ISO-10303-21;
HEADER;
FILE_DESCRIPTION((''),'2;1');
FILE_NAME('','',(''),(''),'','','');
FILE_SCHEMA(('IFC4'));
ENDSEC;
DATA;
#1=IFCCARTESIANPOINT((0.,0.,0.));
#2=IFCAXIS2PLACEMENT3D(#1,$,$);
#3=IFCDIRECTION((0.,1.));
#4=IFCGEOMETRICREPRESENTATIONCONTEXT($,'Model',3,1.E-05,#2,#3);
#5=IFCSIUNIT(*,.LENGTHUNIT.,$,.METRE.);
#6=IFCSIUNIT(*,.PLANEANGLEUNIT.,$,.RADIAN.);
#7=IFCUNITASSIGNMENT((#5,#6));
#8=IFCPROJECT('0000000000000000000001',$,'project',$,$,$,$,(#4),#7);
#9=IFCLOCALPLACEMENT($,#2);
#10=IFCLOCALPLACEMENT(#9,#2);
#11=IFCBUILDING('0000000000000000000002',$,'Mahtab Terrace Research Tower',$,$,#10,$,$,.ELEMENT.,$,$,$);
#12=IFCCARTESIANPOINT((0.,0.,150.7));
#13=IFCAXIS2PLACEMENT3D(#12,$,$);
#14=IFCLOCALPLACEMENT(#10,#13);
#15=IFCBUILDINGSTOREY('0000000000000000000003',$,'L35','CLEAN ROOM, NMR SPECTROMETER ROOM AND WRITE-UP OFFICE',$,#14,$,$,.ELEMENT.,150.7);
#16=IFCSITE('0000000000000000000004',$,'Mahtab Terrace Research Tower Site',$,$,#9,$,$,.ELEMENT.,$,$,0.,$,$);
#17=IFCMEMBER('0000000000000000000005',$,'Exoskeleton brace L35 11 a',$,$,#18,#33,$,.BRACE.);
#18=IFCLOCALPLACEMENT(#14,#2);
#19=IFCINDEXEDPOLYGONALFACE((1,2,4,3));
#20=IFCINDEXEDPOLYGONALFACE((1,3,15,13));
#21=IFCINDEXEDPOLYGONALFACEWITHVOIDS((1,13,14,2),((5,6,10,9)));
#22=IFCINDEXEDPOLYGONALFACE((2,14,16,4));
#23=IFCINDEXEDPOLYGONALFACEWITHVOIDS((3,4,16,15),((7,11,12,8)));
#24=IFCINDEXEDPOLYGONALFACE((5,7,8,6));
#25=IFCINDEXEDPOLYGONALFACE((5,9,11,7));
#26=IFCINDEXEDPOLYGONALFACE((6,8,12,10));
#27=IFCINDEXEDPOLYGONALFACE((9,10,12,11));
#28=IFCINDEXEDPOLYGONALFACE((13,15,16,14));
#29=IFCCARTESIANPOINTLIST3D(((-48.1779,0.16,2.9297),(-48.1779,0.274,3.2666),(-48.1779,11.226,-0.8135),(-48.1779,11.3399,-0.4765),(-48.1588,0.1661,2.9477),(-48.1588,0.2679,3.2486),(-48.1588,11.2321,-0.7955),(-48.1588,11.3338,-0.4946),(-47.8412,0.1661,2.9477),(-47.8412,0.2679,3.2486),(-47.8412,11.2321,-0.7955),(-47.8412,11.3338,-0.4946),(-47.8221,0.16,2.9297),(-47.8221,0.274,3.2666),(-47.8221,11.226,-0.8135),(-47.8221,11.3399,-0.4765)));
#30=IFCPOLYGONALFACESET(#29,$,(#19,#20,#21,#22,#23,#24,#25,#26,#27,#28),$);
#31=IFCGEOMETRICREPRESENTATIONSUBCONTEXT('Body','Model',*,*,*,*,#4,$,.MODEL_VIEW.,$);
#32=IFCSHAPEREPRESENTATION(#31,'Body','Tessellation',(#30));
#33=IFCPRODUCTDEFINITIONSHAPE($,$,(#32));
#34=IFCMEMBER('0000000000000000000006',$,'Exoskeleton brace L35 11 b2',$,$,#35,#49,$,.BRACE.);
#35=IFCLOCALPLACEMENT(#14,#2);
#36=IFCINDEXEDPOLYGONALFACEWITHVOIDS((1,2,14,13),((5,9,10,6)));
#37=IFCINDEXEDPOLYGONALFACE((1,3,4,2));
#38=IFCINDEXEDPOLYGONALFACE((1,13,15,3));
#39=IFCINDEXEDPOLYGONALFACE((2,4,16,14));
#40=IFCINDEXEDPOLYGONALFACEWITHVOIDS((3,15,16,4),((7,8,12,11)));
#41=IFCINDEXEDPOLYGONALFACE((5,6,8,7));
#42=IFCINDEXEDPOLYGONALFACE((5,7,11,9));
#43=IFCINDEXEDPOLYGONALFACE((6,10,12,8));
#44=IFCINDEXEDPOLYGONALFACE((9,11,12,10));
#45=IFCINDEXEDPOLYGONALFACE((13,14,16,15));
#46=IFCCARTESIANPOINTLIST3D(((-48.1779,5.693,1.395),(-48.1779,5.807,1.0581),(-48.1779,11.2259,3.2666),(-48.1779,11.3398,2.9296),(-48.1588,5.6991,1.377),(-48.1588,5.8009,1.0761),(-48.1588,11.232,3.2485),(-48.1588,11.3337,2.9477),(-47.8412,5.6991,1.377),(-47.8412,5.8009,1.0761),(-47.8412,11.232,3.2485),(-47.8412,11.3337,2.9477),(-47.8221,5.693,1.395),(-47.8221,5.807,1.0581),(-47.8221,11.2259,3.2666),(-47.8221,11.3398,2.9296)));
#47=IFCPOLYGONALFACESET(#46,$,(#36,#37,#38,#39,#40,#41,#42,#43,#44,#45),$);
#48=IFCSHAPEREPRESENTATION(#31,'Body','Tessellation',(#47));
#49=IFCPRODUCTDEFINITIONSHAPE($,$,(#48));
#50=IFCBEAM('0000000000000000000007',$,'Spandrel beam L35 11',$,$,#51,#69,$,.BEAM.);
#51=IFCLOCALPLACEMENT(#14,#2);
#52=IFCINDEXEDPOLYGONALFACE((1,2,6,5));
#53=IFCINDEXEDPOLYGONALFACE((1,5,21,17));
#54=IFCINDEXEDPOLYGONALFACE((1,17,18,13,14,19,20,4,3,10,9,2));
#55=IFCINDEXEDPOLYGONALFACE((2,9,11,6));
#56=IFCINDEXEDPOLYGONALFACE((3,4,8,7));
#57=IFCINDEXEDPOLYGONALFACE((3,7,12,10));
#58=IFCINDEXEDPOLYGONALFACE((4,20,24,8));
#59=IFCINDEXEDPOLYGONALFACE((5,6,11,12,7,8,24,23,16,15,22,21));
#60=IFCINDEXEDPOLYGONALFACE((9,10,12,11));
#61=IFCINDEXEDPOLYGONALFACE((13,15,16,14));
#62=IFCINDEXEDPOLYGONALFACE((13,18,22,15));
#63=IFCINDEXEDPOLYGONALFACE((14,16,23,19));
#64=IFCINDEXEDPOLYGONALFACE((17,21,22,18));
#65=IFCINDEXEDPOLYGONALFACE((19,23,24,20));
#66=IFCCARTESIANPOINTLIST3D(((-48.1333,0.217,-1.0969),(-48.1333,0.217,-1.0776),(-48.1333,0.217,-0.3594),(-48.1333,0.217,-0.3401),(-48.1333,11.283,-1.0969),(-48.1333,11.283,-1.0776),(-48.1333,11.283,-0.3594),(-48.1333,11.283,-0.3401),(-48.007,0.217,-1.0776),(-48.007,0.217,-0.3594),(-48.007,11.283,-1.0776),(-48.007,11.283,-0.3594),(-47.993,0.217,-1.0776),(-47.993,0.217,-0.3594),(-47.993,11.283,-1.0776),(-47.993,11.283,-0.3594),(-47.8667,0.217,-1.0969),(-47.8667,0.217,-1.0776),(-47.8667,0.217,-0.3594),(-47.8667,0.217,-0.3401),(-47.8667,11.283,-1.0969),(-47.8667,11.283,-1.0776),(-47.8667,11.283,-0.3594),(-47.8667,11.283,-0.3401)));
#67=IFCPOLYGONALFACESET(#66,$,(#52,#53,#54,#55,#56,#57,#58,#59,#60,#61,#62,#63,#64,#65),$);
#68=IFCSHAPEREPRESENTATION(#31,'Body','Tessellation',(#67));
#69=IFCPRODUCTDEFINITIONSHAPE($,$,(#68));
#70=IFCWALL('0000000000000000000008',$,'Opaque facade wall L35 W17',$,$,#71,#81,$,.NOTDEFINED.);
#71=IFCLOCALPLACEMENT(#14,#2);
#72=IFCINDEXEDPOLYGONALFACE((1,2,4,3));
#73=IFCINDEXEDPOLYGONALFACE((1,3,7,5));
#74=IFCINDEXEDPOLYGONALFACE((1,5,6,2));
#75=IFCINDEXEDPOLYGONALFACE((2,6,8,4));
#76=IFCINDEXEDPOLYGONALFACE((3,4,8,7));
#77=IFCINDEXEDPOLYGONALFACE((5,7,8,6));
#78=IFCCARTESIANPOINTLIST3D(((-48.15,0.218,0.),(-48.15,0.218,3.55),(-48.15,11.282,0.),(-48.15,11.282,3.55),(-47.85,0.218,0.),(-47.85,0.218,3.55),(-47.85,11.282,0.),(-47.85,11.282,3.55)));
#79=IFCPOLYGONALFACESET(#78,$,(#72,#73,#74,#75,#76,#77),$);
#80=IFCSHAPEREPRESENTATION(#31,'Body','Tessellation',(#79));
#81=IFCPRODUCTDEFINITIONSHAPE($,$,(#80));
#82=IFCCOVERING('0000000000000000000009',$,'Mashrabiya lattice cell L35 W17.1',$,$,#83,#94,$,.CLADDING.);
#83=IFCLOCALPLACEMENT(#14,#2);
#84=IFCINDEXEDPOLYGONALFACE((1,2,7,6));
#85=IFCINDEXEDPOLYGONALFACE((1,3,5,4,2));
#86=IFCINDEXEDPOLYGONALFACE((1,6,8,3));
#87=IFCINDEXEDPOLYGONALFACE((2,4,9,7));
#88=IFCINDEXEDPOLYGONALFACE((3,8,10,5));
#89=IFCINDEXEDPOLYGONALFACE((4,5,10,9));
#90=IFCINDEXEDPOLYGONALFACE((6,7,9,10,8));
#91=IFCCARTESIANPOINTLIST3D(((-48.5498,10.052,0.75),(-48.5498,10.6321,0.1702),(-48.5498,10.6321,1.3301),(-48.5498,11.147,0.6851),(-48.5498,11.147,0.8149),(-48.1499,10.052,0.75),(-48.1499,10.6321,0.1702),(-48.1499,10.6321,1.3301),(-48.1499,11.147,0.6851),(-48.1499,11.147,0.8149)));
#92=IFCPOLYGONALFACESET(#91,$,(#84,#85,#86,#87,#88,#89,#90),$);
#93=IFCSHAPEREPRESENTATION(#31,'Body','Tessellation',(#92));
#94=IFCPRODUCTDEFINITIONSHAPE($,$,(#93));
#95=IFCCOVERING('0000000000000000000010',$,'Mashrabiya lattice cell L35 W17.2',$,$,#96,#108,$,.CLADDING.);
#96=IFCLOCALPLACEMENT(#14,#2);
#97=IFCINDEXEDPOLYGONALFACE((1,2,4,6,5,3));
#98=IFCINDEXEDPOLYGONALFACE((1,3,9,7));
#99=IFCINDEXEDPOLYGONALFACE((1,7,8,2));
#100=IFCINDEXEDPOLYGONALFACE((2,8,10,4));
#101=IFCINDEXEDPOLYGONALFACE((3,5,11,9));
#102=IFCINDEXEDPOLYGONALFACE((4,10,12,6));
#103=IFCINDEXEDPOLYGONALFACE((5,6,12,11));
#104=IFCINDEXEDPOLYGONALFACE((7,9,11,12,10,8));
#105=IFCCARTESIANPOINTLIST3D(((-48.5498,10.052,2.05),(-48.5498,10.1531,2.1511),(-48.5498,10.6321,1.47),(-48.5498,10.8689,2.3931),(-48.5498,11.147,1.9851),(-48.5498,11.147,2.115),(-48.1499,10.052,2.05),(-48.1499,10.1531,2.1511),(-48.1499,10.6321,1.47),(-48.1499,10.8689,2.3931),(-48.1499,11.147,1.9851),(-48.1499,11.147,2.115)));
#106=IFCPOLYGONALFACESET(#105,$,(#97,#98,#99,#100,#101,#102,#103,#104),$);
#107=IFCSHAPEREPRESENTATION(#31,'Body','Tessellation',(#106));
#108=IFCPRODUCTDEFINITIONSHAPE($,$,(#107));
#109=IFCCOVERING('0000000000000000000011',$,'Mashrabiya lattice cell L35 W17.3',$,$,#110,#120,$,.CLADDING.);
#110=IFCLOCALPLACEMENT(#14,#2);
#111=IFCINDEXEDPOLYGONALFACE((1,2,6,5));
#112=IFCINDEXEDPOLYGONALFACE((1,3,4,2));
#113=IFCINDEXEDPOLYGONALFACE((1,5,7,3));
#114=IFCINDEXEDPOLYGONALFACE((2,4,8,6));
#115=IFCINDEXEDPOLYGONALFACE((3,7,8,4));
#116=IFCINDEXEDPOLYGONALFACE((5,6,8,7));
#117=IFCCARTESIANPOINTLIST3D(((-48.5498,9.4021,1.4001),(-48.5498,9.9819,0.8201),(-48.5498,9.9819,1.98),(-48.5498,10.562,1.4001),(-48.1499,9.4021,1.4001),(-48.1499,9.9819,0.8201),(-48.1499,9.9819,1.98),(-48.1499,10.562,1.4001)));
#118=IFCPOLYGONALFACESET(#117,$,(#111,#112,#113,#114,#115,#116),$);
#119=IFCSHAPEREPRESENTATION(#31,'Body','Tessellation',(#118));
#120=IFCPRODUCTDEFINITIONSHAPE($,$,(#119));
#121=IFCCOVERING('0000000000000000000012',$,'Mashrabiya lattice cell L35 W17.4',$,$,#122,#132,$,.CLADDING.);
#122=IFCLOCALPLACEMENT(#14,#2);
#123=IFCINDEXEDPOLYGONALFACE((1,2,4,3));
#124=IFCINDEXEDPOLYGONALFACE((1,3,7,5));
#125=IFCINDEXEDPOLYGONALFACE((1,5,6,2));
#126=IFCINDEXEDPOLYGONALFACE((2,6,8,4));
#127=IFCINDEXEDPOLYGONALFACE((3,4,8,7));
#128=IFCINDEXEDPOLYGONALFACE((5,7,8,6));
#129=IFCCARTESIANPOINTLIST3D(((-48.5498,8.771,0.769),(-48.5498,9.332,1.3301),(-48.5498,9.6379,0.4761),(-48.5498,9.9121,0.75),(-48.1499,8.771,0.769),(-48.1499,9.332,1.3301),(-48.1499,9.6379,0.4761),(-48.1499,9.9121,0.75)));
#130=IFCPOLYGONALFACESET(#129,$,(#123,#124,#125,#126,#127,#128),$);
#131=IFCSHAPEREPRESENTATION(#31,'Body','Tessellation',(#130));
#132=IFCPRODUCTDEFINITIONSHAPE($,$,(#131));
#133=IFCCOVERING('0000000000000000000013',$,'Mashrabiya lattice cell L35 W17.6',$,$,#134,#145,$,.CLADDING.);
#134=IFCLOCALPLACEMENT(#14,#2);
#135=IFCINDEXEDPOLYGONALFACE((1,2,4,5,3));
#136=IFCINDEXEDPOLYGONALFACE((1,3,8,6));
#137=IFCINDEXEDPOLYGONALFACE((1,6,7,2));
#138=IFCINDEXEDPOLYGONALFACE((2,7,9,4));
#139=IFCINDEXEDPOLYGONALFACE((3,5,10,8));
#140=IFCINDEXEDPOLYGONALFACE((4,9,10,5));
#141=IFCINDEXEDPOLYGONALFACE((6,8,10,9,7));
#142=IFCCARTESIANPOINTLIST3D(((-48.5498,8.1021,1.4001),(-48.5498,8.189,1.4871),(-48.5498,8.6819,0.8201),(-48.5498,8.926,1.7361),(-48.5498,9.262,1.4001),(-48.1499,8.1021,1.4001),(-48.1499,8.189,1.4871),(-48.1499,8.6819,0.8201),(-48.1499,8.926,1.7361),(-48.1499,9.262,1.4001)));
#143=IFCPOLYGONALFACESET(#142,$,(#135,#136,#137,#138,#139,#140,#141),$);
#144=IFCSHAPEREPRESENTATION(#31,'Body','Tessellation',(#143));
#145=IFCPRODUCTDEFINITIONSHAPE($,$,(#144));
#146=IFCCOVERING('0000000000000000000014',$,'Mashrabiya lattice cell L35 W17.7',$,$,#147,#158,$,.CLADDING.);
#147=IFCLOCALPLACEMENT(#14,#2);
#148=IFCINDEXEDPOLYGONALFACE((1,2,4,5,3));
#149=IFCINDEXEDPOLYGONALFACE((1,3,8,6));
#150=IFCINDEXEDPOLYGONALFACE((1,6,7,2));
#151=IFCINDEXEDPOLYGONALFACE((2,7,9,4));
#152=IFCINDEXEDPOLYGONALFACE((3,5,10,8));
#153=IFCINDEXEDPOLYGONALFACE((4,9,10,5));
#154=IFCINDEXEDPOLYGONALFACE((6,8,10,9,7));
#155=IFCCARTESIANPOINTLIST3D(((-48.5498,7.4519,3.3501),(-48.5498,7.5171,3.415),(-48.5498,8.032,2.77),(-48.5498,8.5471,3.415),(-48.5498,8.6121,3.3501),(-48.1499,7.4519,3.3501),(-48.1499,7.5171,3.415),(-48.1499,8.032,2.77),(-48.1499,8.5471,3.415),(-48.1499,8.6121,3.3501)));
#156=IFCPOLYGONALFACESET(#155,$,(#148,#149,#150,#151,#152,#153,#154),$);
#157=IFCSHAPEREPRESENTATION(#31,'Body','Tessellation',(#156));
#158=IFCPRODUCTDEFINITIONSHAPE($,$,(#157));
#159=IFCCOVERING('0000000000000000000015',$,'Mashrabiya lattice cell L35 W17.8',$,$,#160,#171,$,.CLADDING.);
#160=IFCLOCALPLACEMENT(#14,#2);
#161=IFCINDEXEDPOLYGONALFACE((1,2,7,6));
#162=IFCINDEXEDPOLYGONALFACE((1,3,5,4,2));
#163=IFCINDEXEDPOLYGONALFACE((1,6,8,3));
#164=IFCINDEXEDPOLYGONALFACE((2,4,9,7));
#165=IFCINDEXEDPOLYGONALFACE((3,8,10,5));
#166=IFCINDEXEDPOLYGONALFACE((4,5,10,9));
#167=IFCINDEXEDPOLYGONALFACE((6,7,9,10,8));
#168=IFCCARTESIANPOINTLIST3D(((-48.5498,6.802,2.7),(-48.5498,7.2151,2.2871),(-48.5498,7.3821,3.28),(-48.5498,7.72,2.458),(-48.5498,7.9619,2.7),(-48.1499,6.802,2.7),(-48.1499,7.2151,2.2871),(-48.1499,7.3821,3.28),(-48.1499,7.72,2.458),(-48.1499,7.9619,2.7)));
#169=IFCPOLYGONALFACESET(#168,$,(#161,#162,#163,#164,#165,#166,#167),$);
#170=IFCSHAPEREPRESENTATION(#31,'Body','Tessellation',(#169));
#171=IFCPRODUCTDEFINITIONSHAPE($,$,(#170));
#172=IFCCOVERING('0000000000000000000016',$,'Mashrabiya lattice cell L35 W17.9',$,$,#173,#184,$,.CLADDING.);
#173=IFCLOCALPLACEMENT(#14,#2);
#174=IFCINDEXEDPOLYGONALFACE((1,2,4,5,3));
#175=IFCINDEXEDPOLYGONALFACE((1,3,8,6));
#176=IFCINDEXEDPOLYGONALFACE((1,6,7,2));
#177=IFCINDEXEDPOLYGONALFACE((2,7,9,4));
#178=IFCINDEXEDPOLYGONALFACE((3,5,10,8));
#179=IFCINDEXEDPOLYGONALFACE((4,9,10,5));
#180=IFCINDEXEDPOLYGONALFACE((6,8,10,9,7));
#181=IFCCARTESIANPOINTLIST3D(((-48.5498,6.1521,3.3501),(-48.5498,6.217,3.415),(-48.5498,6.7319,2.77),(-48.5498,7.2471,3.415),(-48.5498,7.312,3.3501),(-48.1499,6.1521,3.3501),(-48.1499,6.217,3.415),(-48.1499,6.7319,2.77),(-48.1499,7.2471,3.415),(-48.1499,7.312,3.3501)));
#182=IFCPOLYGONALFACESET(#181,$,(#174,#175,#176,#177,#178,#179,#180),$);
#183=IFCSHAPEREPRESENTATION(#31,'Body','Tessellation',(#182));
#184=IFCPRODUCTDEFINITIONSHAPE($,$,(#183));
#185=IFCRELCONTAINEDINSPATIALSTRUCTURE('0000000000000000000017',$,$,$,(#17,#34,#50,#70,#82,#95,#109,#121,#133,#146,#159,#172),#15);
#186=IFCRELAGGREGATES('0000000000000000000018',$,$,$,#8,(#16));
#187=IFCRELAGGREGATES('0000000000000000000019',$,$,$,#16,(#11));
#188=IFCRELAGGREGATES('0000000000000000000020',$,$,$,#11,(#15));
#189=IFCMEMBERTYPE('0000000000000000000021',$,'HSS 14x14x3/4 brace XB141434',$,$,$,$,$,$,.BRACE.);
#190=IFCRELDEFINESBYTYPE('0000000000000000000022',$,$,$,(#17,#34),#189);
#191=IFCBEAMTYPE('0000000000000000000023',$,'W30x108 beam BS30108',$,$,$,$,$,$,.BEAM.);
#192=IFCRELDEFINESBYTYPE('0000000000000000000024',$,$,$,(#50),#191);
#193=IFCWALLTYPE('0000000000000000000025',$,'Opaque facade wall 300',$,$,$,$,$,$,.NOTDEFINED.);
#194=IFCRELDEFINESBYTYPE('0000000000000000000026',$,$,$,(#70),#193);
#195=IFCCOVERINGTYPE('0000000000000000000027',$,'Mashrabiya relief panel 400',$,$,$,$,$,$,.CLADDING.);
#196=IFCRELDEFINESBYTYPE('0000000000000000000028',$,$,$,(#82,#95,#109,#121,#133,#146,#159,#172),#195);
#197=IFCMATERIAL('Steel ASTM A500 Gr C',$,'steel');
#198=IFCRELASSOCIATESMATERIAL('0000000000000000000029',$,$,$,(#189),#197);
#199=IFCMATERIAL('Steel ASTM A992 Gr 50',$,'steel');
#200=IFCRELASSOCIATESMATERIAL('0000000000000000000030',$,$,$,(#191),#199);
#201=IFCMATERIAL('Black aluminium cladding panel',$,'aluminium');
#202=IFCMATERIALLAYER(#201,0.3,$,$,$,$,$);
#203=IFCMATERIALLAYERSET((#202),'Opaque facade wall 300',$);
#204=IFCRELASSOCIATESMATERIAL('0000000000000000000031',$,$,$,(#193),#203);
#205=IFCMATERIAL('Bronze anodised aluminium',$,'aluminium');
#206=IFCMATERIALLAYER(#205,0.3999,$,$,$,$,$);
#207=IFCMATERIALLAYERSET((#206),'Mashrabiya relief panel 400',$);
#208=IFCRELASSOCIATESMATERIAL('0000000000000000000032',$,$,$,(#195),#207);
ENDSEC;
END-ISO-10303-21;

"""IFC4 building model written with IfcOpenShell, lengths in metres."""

from ifc_helpers import new_model, si_unit, direction, frame, frame_2d, origin, origin_2d, place, context, subcontext, project, spatial, polyline, rectangle, hollow_rectangle, i_section, outline, extrude, material, layer, layer_set, material_profile, profile_set, type_object, element, save


model = new_model("IFC4")

# Units and contexts
model_context = context("Model", 3, precision=1e-05, world=origin(), true_north=direction((0.0, 1.0)))
body_context = subcontext(model_context, "Body", "Model", "MODEL_VIEW")
ifc_project = project(units=[si_unit("LENGTHUNIT", "METRE"), si_unit("PLANEANGLEUNIT", "RADIAN")], contexts=[model_context])

# Site, building, storey
site_placement = place(None, origin())
site = spatial("IfcSite", under=ifc_project, at=site_placement, Name="Mahtab Terrace Research Tower Site", CompositionType="ELEMENT", RefElevation=0.0)
building_placement = place(site_placement, origin())
building = spatial("IfcBuilding", under=site, at=building_placement, Name="Mahtab Terrace Research Tower", CompositionType="ELEMENT")
storey_placement = place(building_placement, frame((0.0, 0.0, 150.7)))
storey = spatial("IfcBuildingStorey", under=building, at=storey_placement, Name="L35", Description="CLEAN ROOM, NMR SPECTROMETER ROOM AND WRITE-UP OFFICE", CompositionType="ELEMENT", Elevation=150.7)

# Members
ifc_material_1 = material(Name="Steel ASTM A500 Gr C", Category="steel")
ifc_material_profile_1 = material_profile(ifc_material_1, hollow_rectangle(XDim=0.3557, YDim=0.3557, WallThickness=0.019, at=origin_2d()), Name="HSS14X14X3/4")
ifc_profile_set_1 = profile_set([ifc_material_profile_1], Name="Steel ASTM A500 Gr C")
member_type = type_object("IfcMemberType", Name="HSS 14x14x3/4 brace XB141434", PredefinedType="BRACE", material=ifc_profile_set_1)
member_1_placement = place(storey_placement, frame((-48.0, 11.283, -0.645), z_axis=(0.0, -0.947274, 0.320425), x_axis=(1.0, 0.0, 0.0)))
element("IfcMember", 1, at=member_1_placement, inside=storey, type_object=member_type, Name="Exoskeleton brace L35 11 a", PredefinedType="BRACE", context=body_context, shape_type="SweptSolid", body=[
    extrude(hollow_rectangle(XDim=0.3557, YDim=0.3557, WallThickness=0.019, at=origin_2d()), origin(), (0.0, 0.0, 1.0), 11.6819),
])
member_2_placement = place(storey_placement, frame((-48.0, 5.75, 1.2266), z_axis=(0.0, 0.947274, 0.320425), x_axis=(-1.0, 0.0, 0.0)))
element("IfcMember", 2, at=member_2_placement, inside=storey, type_object=member_type, Name="Exoskeleton brace L35 11 b2", PredefinedType="BRACE", context=body_context, shape_type="SweptSolid", body=[
    extrude(hollow_rectangle(XDim=0.3557, YDim=0.3557, WallThickness=0.019, at=origin_2d()), origin(), (0.0, 0.0, 1.0), 5.8408),
])

# Beam
ifc_material_2 = material(Name="Steel ASTM A992 Gr 50", Category="steel")
ifc_material_profile_2 = material_profile(ifc_material_2, i_section(OverallWidth=0.2666, OverallDepth=0.7568, WebThickness=0.0139, FlangeThickness=0.0193, at=origin_2d()), Name="W30X108")
ifc_profile_set_2 = profile_set([ifc_material_profile_2], Name="Steel ASTM A992 Gr 50")
beam_type = type_object("IfcBeamType", Name="W30x108 beam BS30108", PredefinedType="BEAM", material=ifc_profile_set_2)
beam_placement = place(storey_placement, frame((-48.0, 11.283, -0.7185), z_axis=(0.0, -1.0, 0.0), x_axis=(1.0, 0.0, 0.0)))
element("IfcBeam", 3, at=beam_placement, inside=storey, type_object=beam_type, Name="Spandrel beam L35 11", PredefinedType="BEAM", context=body_context, shape_type="SweptSolid", body=[
    extrude(i_section(OverallWidth=0.2666, OverallDepth=0.7568, WebThickness=0.0139, FlangeThickness=0.0193, at=origin_2d()), origin(), (0.0, 0.0, 1.0), 11.0659),
])

# Wall
ifc_material_3 = material(Name="Black aluminium cladding panel", Category="aluminium")
ifc_layer_1 = layer(ifc_material_3, 0.3)
ifc_layer_set_1 = layer_set([ifc_layer_1], Name="Opaque facade wall 300")
wall_type = type_object("IfcWallType", Name="Opaque facade wall 300", PredefinedType="NOTDEFINED", material=ifc_layer_set_1)
wall_placement = place(storey_placement, frame((-48.0, 11.282, 0.0), z_axis=(0.0, 0.0, 1.0), x_axis=(0.0, -1.0, 0.0)))
element("IfcWall", 4, at=wall_placement, inside=storey, type_object=wall_type, Name="Opaque facade wall L35 W17", PredefinedType="NOTDEFINED", context=body_context, shape_type="SweptSolid", body=[
    extrude(rectangle(XDim=11.064, YDim=0.3, at=frame_2d((5.532, 0.0))), origin(), (0.0, 0.0, 1.0), 3.55),
])

# Coverings
ifc_material_4 = material(Name="Bronze anodised aluminium", Category="aluminium")
ifc_layer_2 = layer(ifc_material_4, 0.3999)
ifc_layer_set_2 = layer_set([ifc_layer_2], Name="Mashrabiya relief panel 400")
covering_type = type_object("IfcCoveringType", Name="Mashrabiya relief panel 400", PredefinedType="CLADDING", material=ifc_layer_set_2)
covering_1_placement = place(storey_placement, frame((-48.1499, 10.6321, 1.3301), z_axis=(1.0, 0.0, 0.0), x_axis=(0.0, -0.707107, -0.707107)))
element("IfcCovering", 5, at=covering_1_placement, inside=storey, type_object=covering_type, Name="Mashrabiya lattice cell L35 W17.1", PredefinedType="CLADDING", context=body_context, shape_type="SweptSolid", body=[
    extrude(outline(polyline([(0.0, 0.0), (0.8204, 0.0), (0.8202, 0.8202), (0.092, 0.8202), (0.0002, 0.7283), (0.0, 0.0)])), origin(), (0.0, 0.0, -1.0), 0.3999),
])
covering_2_placement = place(storey_placement, frame((-48.1499, 10.052, 2.05), z_axis=(1.0, 0.0, 0.0), x_axis=(0.0, 0.707107, -0.707107)))
element("IfcCovering", 6, at=covering_2_placement, inside=storey, type_object=covering_type, Name="Mashrabiya lattice cell L35 W17.2", PredefinedType="CLADDING", context=body_context, shape_type="SweptSolid", body=[
    extrude(outline(polyline([(0.0, 0.0), (0.8204, 0.0), (0.8202, 0.7283), (0.7283, 0.8202), (0.3351, 0.8202), (0.0, 0.1429), (0.0, 0.0)])), origin(), (0.0, 0.0, -1.0), 0.3999),
])
covering_3_placement = place(storey_placement, frame((-48.1499, 9.9819, 1.98), z_axis=(1.0, 0.0, 0.0), x_axis=(0.0, -0.707107, -0.707107)))
element("IfcCovering", 7, at=covering_3_placement, inside=storey, type_object=covering_type, Name="Mashrabiya lattice cell L35 W17.3", PredefinedType="CLADDING", context=body_context, shape_type="SweptSolid", body=[
    extrude(outline(polyline([(0.0, 0.0), (0.82, 0.0), (0.8202, 0.8202), (-0.0002, 0.8202), (0.0, 0.0)])), origin(), (0.0, 0.0, -1.0), 0.3999),
])
covering_4_placement = place(storey_placement, frame((-48.1499, 9.9121, 0.75), z_axis=(1.0, 0.0, 0.0), x_axis=(0.0, -0.707107, 0.707107)))
element("IfcCovering", 8, at=covering_4_placement, inside=storey, type_object=covering_type, Name="Mashrabiya lattice cell L35 W17.4", PredefinedType="CLADDING", context=body_context, shape_type="SweptSolid", body=[
    extrude(outline(polyline([(0.0, 0.0), (0.8204, 0.0), (0.8204, 0.7934), (0.0002, 0.3876), (0.0, 0.0)])), origin(), (0.0, 0.0, -1.0), 0.3999),
])
covering_5_placement = place(storey_placement, frame((-48.1499, 8.1021, 1.4001), z_axis=(1.0, 0.0, 0.0), x_axis=(0.0, 0.706958, -0.707256)))
element("IfcCovering", 9, at=covering_5_placement, inside=storey, type_object=covering_type, Name="Mashrabiya lattice cell L35 W17.6", PredefinedType="CLADDING", context=body_context, shape_type="SweptSolid", body=[
    extrude(outline(polyline([(0.0, 0.0), (0.8202, 0.0), (0.82, 0.8204), (0.3449, 0.8203), (0.0, 0.1229), (0.0, 0.0)])), origin(), (0.0, 0.0, -1.0), 0.3999),
])
covering_6_placement = place(storey_placement, frame((-48.1499, 7.4519, 3.3501), z_axis=(1.0, 0.0, 0.0), x_axis=(0.0, 0.707107, -0.707107)))
element("IfcCovering", 10, at=covering_6_placement, inside=storey, type_object=covering_type, Name="Mashrabiya lattice cell L35 W17.7", PredefinedType="CLADDING", context=body_context, shape_type="SweptSolid", body=[
    extrude(outline(polyline([(0.0, 0.0), (0.8204, 0.0), (0.8204, 0.8204), (0.7285, 0.8204), (0.0002, 0.092), (0.0, 0.0)])), origin(), (0.0, 0.0, -1.0), 0.3999),
])
covering_7_placement = place(storey_placement, frame((-48.1499, 7.9619, 2.7), z_axis=(1.0, 0.0, 0.0), x_axis=(0.0, -0.706958, 0.707256)))
element("IfcCovering", 11, at=covering_7_placement, inside=storey, type_object=covering_type, Name="Mashrabiya lattice cell L35 W17.8", PredefinedType="CLADDING", context=body_context, shape_type="SweptSolid", body=[
    extrude(outline(polyline([(0.0, 0.0), (0.8202, 0.0), (0.82, 0.8204), (0.236, 0.8201), (-0.0001, 0.3422), (0.0, 0.0)])), origin(), (0.0, 0.0, -1.0), 0.3999),
])
covering_8_placement = place(storey_placement, frame((-48.1499, 6.1521, 3.3501), z_axis=(1.0, 0.0, 0.0), x_axis=(0.0, 0.706958, -0.707256)))
element("IfcCovering", 12, at=covering_8_placement, inside=storey, type_object=covering_type, Name="Mashrabiya lattice cell L35 W17.9", PredefinedType="CLADDING", context=body_context, shape_type="SweptSolid", body=[
    extrude(outline(polyline([(0.0, 0.0), (0.8202, 0.0), (0.82, 0.8204), (0.7282, 0.8203), (0.0, 0.0918), (0.0, 0.0)])), origin(), (0.0, 0.0, -1.0), 0.3999),
])

save(model, "model.ifc")
